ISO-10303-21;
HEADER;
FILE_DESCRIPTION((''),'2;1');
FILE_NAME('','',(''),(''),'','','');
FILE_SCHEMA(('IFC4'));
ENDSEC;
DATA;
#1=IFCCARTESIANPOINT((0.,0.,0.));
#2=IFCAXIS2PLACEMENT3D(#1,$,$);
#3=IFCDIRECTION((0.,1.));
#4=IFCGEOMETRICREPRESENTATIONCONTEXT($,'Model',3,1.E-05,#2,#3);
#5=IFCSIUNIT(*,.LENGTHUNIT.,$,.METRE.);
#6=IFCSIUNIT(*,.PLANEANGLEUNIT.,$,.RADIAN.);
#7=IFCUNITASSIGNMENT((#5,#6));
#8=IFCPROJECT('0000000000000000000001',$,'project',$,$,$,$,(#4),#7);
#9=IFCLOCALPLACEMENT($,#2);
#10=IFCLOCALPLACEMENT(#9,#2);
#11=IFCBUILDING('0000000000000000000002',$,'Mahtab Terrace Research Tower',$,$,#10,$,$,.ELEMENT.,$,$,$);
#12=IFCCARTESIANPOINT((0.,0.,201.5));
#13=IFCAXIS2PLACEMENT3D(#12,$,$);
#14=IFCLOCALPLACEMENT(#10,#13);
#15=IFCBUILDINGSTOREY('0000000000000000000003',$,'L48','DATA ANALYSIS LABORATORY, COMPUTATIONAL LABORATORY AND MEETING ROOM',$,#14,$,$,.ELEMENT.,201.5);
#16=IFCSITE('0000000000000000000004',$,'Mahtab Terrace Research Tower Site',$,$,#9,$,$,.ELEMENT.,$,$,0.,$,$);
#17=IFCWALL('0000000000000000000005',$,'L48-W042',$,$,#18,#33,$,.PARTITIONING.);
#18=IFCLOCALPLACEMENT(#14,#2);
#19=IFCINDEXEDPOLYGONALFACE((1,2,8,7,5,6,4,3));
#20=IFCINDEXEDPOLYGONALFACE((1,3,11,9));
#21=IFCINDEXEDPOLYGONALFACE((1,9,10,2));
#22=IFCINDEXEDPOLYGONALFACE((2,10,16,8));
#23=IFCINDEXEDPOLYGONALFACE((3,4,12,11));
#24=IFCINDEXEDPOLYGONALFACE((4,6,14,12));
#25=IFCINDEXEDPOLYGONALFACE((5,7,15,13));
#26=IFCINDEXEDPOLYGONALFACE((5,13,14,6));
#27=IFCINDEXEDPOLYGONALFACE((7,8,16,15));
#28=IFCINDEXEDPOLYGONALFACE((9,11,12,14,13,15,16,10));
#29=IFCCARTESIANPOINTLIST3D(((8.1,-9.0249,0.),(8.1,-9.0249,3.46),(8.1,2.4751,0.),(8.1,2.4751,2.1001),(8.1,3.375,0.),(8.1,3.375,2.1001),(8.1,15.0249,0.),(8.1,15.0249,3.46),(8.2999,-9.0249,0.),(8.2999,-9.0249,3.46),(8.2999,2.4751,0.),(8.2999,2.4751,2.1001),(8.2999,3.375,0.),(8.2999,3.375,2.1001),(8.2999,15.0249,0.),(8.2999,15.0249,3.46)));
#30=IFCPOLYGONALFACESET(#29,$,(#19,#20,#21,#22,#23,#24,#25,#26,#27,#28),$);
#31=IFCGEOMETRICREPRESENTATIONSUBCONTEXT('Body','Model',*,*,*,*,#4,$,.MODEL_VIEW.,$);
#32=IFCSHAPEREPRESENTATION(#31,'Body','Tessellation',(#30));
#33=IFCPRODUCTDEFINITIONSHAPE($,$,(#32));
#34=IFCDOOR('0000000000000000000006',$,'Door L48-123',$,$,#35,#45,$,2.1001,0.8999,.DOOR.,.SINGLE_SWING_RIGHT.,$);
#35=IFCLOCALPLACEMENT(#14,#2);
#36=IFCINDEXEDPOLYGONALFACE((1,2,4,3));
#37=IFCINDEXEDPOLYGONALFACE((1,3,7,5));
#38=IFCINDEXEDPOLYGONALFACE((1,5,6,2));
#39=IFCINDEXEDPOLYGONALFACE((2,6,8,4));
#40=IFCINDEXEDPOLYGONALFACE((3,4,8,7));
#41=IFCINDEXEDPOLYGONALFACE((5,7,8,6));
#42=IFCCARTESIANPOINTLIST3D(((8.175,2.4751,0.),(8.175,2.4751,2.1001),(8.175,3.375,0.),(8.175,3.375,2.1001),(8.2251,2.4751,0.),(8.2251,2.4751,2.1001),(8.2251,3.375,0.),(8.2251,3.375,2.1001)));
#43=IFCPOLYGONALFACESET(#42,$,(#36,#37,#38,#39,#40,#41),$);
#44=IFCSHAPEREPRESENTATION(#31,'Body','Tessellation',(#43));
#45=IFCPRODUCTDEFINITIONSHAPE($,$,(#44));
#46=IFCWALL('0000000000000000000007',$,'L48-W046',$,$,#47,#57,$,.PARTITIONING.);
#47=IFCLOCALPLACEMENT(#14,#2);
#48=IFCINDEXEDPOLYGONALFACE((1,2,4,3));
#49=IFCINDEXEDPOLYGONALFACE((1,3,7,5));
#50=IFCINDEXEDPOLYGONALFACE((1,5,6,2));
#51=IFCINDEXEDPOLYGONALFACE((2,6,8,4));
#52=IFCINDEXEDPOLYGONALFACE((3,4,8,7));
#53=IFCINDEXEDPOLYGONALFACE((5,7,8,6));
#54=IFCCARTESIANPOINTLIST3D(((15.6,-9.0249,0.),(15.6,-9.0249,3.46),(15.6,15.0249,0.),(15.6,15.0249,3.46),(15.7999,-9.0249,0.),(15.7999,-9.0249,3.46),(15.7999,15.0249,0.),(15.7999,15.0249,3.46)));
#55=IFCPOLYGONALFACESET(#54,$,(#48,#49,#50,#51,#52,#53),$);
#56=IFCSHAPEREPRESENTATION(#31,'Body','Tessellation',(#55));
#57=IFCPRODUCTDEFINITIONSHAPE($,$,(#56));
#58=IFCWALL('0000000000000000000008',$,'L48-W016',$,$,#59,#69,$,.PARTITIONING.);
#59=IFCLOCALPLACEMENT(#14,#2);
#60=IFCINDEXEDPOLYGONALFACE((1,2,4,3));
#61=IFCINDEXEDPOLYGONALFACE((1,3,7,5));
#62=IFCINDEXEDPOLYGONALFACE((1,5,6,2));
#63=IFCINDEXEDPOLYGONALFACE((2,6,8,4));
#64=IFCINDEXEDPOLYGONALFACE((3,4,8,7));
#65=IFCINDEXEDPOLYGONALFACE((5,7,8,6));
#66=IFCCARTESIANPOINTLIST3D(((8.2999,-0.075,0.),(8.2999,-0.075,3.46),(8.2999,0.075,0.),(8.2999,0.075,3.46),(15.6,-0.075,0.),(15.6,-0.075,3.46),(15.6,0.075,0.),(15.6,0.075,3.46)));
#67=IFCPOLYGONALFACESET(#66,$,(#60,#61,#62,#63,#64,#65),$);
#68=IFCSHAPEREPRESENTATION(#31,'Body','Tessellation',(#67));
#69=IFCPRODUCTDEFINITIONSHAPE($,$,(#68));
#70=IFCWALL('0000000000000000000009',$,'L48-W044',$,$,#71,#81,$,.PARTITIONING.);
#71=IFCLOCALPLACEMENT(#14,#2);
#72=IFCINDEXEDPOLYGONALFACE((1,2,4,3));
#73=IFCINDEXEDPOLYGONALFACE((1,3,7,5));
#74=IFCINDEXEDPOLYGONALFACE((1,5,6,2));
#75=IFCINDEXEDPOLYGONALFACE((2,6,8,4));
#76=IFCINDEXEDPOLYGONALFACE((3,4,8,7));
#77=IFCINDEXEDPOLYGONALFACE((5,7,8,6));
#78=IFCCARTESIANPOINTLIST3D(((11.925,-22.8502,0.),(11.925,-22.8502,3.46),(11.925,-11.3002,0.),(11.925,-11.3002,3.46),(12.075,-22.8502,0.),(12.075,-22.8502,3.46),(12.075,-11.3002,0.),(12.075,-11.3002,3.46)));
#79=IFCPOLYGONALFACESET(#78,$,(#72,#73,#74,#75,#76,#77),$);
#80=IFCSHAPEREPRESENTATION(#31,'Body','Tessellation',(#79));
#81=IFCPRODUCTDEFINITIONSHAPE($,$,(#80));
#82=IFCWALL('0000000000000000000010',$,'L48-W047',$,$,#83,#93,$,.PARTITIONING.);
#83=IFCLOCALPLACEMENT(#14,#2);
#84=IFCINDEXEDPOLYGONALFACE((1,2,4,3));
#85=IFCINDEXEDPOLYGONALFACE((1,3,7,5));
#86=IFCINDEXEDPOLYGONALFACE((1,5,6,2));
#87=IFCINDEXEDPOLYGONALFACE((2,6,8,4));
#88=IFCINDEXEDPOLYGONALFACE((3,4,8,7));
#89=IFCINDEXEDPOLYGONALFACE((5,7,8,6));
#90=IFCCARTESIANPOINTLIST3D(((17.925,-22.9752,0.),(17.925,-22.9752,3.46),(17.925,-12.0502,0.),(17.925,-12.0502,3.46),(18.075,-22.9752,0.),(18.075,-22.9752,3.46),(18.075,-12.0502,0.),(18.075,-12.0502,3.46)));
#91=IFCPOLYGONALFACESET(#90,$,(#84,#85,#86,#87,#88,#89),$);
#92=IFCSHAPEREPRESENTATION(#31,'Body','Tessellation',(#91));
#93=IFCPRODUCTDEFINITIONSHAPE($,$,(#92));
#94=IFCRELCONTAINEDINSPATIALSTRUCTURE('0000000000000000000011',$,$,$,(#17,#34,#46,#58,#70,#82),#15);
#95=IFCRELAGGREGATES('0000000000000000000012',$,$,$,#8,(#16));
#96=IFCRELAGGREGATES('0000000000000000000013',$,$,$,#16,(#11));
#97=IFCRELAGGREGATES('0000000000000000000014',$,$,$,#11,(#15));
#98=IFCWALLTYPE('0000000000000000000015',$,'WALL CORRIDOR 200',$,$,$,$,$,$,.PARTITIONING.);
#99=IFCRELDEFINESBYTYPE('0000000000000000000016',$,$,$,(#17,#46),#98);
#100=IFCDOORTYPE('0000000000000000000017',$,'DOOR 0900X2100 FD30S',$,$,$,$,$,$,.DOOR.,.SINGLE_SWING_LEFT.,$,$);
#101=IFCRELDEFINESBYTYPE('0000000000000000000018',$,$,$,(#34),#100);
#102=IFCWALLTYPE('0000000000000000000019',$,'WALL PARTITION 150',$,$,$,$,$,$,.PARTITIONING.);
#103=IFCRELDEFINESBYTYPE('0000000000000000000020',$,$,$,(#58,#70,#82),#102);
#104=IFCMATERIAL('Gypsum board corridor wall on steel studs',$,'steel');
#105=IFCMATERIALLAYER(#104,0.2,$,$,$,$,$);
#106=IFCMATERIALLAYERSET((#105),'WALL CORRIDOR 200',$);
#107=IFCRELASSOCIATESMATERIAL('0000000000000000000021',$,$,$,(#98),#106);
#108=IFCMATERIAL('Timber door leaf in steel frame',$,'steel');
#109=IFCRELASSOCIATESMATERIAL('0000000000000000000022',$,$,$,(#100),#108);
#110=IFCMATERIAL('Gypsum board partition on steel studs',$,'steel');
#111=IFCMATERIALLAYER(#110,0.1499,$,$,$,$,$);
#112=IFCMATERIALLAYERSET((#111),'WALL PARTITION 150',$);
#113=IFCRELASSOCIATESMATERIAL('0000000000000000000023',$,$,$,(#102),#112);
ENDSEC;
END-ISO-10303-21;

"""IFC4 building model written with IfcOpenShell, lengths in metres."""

from ifc_helpers import new_model, si_unit, direction, frame, frame_2d, origin, place, context, subcontext, project, spatial, rectangle, extrude, material, layer, layer_set, type_object, element, fill, save


model = new_model("IFC4")

# Units and contexts
model_context = context("Model", 3, precision=1e-05, world=origin(), true_north=direction((0.0, 1.0)))
body_context = subcontext(model_context, "Body", "Model", "MODEL_VIEW")
ifc_project = project(units=[si_unit("LENGTHUNIT", "METRE"), si_unit("PLANEANGLEUNIT", "RADIAN")], contexts=[model_context])

# Site, building, storey
site_placement = place(None, origin())
site = spatial("IfcSite", under=ifc_project, at=site_placement, Name="Mahtab Terrace Research Tower Site", CompositionType="ELEMENT", RefElevation=0.0)
building_placement = place(site_placement, origin())
building = spatial("IfcBuilding", under=site, at=building_placement, Name="Mahtab Terrace Research Tower", CompositionType="ELEMENT")
storey_placement = place(building_placement, frame((0.0, 0.0, 201.5)))
storey = spatial("IfcBuildingStorey", under=building, at=storey_placement, Name="L48", Description="DATA ANALYSIS LABORATORY, COMPUTATIONAL LABORATORY AND MEETING ROOM", CompositionType="ELEMENT", Elevation=201.5)

# Shared definitions
ifc_material_1 = material(Name="Gypsum board corridor wall on steel studs", Category="steel")
ifc_layer_1 = layer(ifc_material_1, 0.2)
ifc_layer_set_1 = layer_set([ifc_layer_1], Name="WALL CORRIDOR 200")
wall_type_1 = type_object("IfcWallType", Name="WALL CORRIDOR 200", PredefinedType="PARTITIONING", material=ifc_layer_set_1)
ifc_material_2 = material(Name="Timber door leaf in steel frame", Category="steel")

# Wall, opening, door
wall_1_placement = place(storey_placement, frame((8.2, -9.0249, 0.0), z_axis=(0.0, 0.0, 1.0), x_axis=(0.0, 1.0, 0.0)))
wall_1 = element("IfcWall", 1, at=wall_1_placement, inside=storey, type_object=wall_type_1, Name="L48-W042", PredefinedType="PARTITIONING", context=body_context, shape_type="SweptSolid", body=[
    extrude(rectangle(XDim=24.0498, YDim=0.2, at=frame_2d((12.0249, 0.0))), origin(), (0.0, 0.0, 1.0), 3.46),
])
opening_1_placement = place(wall_1_placement, frame((11.5, 0.0, 0.0)))
opening_1 = element("IfcOpeningElement", 2, at=opening_1_placement, cuts=wall_1, PredefinedType="OPENING", context=body_context, shape_type="SweptSolid", body=[
    extrude(rectangle(XDim=0.8999, YDim=2.1001, at=frame_2d((0.45, 1.05))), frame((0.0, 0.1099, 0.0), z_axis=(0.0, -1.0, 0.0), x_axis=(1.0, 0.0, 0.0)), (0.0, 0.0, 1.0), 0.22),
])
door_type_1 = type_object("IfcDoorType", Name="DOOR 0900X2100 FD30S", OperationType="SINGLE_SWING_LEFT", PredefinedType="DOOR", material=ifc_material_2)
door_1_placement = place(opening_1_placement, origin())
door_1 = element("IfcDoor", 3, at=door_1_placement, inside=storey, type_object=door_type_1, Name="Door L48-123", OperationType="SINGLE_SWING_RIGHT", OverallHeight=2.1001, OverallWidth=0.8999, PredefinedType="DOOR", context=body_context, shape_type="SweptSolid", body=[
    extrude(rectangle(XDim=0.8999, YDim=2.1001, at=frame_2d((0.45, 1.05))), frame((0.0, 0.0249, 0.0), z_axis=(0.0, -1.0, 0.0), x_axis=(1.0, 0.0, 0.0)), (0.0, 0.0, 1.0), 0.05),
])
fill(opening_1, door_1)

# Walls
wall_2_placement = place(storey_placement, frame((15.7, -9.0249, 0.0), z_axis=(0.0, 0.0, 1.0), x_axis=(0.0, 1.0, 0.0)))
element("IfcWall", 4, at=wall_2_placement, inside=storey, type_object=wall_type_1, Name="L48-W046", PredefinedType="PARTITIONING", context=body_context, shape_type="SweptSolid", body=[
    extrude(rectangle(XDim=24.0498, YDim=0.2, at=frame_2d((12.0249, 0.0))), origin(), (0.0, 0.0, 1.0), 3.46),
])
ifc_material_3 = material(Name="Gypsum board partition on steel studs", Category="steel")
ifc_layer_2 = layer(ifc_material_3, 0.1499)
ifc_layer_set_2 = layer_set([ifc_layer_2], Name="WALL PARTITION 150")
wall_type_2 = type_object("IfcWallType", Name="WALL PARTITION 150", PredefinedType="PARTITIONING", material=ifc_layer_set_2)
wall_3_placement = place(storey_placement, frame((8.3, 0.0, 0.0), z_axis=(0.0, 0.0, 1.0), x_axis=(1.0, 0.0, 0.0)))
element("IfcWall", 5, at=wall_3_placement, inside=storey, type_object=wall_type_2, Name="L48-W016", PredefinedType="PARTITIONING", context=body_context, shape_type="SweptSolid", body=[
    extrude(rectangle(XDim=7.3, YDim=0.1499, at=frame_2d((3.6499, 0.0))), origin(), (0.0, 0.0, 1.0), 3.46),
])
wall_4_placement = place(storey_placement, frame((12.0, -22.8501, 0.0), z_axis=(0.0, 0.0, 1.0), x_axis=(0.0, 1.0, 0.0)))
element("IfcWall", 6, at=wall_4_placement, inside=storey, type_object=wall_type_2, Name="L48-W044", PredefinedType="PARTITIONING", context=body_context, shape_type="SweptSolid", body=[
    extrude(rectangle(XDim=11.55, YDim=0.1499, at=frame_2d((5.7749, 0.0))), origin(), (0.0, 0.0, 1.0), 3.46),
])
wall_5_placement = place(storey_placement, frame((18.0, -22.9751, 0.0), z_axis=(0.0, 0.0, 1.0), x_axis=(0.0, 1.0, 0.0)))
element("IfcWall", 7, at=wall_5_placement, inside=storey, type_object=wall_type_2, Name="L48-W047", PredefinedType="PARTITIONING", context=body_context, shape_type="SweptSolid", body=[
    extrude(rectangle(XDim=10.925, YDim=0.1499, at=frame_2d((5.4624, 0.0))), origin(), (0.0, 0.0, 1.0), 3.46),
])

save(model, "model.ifc")
